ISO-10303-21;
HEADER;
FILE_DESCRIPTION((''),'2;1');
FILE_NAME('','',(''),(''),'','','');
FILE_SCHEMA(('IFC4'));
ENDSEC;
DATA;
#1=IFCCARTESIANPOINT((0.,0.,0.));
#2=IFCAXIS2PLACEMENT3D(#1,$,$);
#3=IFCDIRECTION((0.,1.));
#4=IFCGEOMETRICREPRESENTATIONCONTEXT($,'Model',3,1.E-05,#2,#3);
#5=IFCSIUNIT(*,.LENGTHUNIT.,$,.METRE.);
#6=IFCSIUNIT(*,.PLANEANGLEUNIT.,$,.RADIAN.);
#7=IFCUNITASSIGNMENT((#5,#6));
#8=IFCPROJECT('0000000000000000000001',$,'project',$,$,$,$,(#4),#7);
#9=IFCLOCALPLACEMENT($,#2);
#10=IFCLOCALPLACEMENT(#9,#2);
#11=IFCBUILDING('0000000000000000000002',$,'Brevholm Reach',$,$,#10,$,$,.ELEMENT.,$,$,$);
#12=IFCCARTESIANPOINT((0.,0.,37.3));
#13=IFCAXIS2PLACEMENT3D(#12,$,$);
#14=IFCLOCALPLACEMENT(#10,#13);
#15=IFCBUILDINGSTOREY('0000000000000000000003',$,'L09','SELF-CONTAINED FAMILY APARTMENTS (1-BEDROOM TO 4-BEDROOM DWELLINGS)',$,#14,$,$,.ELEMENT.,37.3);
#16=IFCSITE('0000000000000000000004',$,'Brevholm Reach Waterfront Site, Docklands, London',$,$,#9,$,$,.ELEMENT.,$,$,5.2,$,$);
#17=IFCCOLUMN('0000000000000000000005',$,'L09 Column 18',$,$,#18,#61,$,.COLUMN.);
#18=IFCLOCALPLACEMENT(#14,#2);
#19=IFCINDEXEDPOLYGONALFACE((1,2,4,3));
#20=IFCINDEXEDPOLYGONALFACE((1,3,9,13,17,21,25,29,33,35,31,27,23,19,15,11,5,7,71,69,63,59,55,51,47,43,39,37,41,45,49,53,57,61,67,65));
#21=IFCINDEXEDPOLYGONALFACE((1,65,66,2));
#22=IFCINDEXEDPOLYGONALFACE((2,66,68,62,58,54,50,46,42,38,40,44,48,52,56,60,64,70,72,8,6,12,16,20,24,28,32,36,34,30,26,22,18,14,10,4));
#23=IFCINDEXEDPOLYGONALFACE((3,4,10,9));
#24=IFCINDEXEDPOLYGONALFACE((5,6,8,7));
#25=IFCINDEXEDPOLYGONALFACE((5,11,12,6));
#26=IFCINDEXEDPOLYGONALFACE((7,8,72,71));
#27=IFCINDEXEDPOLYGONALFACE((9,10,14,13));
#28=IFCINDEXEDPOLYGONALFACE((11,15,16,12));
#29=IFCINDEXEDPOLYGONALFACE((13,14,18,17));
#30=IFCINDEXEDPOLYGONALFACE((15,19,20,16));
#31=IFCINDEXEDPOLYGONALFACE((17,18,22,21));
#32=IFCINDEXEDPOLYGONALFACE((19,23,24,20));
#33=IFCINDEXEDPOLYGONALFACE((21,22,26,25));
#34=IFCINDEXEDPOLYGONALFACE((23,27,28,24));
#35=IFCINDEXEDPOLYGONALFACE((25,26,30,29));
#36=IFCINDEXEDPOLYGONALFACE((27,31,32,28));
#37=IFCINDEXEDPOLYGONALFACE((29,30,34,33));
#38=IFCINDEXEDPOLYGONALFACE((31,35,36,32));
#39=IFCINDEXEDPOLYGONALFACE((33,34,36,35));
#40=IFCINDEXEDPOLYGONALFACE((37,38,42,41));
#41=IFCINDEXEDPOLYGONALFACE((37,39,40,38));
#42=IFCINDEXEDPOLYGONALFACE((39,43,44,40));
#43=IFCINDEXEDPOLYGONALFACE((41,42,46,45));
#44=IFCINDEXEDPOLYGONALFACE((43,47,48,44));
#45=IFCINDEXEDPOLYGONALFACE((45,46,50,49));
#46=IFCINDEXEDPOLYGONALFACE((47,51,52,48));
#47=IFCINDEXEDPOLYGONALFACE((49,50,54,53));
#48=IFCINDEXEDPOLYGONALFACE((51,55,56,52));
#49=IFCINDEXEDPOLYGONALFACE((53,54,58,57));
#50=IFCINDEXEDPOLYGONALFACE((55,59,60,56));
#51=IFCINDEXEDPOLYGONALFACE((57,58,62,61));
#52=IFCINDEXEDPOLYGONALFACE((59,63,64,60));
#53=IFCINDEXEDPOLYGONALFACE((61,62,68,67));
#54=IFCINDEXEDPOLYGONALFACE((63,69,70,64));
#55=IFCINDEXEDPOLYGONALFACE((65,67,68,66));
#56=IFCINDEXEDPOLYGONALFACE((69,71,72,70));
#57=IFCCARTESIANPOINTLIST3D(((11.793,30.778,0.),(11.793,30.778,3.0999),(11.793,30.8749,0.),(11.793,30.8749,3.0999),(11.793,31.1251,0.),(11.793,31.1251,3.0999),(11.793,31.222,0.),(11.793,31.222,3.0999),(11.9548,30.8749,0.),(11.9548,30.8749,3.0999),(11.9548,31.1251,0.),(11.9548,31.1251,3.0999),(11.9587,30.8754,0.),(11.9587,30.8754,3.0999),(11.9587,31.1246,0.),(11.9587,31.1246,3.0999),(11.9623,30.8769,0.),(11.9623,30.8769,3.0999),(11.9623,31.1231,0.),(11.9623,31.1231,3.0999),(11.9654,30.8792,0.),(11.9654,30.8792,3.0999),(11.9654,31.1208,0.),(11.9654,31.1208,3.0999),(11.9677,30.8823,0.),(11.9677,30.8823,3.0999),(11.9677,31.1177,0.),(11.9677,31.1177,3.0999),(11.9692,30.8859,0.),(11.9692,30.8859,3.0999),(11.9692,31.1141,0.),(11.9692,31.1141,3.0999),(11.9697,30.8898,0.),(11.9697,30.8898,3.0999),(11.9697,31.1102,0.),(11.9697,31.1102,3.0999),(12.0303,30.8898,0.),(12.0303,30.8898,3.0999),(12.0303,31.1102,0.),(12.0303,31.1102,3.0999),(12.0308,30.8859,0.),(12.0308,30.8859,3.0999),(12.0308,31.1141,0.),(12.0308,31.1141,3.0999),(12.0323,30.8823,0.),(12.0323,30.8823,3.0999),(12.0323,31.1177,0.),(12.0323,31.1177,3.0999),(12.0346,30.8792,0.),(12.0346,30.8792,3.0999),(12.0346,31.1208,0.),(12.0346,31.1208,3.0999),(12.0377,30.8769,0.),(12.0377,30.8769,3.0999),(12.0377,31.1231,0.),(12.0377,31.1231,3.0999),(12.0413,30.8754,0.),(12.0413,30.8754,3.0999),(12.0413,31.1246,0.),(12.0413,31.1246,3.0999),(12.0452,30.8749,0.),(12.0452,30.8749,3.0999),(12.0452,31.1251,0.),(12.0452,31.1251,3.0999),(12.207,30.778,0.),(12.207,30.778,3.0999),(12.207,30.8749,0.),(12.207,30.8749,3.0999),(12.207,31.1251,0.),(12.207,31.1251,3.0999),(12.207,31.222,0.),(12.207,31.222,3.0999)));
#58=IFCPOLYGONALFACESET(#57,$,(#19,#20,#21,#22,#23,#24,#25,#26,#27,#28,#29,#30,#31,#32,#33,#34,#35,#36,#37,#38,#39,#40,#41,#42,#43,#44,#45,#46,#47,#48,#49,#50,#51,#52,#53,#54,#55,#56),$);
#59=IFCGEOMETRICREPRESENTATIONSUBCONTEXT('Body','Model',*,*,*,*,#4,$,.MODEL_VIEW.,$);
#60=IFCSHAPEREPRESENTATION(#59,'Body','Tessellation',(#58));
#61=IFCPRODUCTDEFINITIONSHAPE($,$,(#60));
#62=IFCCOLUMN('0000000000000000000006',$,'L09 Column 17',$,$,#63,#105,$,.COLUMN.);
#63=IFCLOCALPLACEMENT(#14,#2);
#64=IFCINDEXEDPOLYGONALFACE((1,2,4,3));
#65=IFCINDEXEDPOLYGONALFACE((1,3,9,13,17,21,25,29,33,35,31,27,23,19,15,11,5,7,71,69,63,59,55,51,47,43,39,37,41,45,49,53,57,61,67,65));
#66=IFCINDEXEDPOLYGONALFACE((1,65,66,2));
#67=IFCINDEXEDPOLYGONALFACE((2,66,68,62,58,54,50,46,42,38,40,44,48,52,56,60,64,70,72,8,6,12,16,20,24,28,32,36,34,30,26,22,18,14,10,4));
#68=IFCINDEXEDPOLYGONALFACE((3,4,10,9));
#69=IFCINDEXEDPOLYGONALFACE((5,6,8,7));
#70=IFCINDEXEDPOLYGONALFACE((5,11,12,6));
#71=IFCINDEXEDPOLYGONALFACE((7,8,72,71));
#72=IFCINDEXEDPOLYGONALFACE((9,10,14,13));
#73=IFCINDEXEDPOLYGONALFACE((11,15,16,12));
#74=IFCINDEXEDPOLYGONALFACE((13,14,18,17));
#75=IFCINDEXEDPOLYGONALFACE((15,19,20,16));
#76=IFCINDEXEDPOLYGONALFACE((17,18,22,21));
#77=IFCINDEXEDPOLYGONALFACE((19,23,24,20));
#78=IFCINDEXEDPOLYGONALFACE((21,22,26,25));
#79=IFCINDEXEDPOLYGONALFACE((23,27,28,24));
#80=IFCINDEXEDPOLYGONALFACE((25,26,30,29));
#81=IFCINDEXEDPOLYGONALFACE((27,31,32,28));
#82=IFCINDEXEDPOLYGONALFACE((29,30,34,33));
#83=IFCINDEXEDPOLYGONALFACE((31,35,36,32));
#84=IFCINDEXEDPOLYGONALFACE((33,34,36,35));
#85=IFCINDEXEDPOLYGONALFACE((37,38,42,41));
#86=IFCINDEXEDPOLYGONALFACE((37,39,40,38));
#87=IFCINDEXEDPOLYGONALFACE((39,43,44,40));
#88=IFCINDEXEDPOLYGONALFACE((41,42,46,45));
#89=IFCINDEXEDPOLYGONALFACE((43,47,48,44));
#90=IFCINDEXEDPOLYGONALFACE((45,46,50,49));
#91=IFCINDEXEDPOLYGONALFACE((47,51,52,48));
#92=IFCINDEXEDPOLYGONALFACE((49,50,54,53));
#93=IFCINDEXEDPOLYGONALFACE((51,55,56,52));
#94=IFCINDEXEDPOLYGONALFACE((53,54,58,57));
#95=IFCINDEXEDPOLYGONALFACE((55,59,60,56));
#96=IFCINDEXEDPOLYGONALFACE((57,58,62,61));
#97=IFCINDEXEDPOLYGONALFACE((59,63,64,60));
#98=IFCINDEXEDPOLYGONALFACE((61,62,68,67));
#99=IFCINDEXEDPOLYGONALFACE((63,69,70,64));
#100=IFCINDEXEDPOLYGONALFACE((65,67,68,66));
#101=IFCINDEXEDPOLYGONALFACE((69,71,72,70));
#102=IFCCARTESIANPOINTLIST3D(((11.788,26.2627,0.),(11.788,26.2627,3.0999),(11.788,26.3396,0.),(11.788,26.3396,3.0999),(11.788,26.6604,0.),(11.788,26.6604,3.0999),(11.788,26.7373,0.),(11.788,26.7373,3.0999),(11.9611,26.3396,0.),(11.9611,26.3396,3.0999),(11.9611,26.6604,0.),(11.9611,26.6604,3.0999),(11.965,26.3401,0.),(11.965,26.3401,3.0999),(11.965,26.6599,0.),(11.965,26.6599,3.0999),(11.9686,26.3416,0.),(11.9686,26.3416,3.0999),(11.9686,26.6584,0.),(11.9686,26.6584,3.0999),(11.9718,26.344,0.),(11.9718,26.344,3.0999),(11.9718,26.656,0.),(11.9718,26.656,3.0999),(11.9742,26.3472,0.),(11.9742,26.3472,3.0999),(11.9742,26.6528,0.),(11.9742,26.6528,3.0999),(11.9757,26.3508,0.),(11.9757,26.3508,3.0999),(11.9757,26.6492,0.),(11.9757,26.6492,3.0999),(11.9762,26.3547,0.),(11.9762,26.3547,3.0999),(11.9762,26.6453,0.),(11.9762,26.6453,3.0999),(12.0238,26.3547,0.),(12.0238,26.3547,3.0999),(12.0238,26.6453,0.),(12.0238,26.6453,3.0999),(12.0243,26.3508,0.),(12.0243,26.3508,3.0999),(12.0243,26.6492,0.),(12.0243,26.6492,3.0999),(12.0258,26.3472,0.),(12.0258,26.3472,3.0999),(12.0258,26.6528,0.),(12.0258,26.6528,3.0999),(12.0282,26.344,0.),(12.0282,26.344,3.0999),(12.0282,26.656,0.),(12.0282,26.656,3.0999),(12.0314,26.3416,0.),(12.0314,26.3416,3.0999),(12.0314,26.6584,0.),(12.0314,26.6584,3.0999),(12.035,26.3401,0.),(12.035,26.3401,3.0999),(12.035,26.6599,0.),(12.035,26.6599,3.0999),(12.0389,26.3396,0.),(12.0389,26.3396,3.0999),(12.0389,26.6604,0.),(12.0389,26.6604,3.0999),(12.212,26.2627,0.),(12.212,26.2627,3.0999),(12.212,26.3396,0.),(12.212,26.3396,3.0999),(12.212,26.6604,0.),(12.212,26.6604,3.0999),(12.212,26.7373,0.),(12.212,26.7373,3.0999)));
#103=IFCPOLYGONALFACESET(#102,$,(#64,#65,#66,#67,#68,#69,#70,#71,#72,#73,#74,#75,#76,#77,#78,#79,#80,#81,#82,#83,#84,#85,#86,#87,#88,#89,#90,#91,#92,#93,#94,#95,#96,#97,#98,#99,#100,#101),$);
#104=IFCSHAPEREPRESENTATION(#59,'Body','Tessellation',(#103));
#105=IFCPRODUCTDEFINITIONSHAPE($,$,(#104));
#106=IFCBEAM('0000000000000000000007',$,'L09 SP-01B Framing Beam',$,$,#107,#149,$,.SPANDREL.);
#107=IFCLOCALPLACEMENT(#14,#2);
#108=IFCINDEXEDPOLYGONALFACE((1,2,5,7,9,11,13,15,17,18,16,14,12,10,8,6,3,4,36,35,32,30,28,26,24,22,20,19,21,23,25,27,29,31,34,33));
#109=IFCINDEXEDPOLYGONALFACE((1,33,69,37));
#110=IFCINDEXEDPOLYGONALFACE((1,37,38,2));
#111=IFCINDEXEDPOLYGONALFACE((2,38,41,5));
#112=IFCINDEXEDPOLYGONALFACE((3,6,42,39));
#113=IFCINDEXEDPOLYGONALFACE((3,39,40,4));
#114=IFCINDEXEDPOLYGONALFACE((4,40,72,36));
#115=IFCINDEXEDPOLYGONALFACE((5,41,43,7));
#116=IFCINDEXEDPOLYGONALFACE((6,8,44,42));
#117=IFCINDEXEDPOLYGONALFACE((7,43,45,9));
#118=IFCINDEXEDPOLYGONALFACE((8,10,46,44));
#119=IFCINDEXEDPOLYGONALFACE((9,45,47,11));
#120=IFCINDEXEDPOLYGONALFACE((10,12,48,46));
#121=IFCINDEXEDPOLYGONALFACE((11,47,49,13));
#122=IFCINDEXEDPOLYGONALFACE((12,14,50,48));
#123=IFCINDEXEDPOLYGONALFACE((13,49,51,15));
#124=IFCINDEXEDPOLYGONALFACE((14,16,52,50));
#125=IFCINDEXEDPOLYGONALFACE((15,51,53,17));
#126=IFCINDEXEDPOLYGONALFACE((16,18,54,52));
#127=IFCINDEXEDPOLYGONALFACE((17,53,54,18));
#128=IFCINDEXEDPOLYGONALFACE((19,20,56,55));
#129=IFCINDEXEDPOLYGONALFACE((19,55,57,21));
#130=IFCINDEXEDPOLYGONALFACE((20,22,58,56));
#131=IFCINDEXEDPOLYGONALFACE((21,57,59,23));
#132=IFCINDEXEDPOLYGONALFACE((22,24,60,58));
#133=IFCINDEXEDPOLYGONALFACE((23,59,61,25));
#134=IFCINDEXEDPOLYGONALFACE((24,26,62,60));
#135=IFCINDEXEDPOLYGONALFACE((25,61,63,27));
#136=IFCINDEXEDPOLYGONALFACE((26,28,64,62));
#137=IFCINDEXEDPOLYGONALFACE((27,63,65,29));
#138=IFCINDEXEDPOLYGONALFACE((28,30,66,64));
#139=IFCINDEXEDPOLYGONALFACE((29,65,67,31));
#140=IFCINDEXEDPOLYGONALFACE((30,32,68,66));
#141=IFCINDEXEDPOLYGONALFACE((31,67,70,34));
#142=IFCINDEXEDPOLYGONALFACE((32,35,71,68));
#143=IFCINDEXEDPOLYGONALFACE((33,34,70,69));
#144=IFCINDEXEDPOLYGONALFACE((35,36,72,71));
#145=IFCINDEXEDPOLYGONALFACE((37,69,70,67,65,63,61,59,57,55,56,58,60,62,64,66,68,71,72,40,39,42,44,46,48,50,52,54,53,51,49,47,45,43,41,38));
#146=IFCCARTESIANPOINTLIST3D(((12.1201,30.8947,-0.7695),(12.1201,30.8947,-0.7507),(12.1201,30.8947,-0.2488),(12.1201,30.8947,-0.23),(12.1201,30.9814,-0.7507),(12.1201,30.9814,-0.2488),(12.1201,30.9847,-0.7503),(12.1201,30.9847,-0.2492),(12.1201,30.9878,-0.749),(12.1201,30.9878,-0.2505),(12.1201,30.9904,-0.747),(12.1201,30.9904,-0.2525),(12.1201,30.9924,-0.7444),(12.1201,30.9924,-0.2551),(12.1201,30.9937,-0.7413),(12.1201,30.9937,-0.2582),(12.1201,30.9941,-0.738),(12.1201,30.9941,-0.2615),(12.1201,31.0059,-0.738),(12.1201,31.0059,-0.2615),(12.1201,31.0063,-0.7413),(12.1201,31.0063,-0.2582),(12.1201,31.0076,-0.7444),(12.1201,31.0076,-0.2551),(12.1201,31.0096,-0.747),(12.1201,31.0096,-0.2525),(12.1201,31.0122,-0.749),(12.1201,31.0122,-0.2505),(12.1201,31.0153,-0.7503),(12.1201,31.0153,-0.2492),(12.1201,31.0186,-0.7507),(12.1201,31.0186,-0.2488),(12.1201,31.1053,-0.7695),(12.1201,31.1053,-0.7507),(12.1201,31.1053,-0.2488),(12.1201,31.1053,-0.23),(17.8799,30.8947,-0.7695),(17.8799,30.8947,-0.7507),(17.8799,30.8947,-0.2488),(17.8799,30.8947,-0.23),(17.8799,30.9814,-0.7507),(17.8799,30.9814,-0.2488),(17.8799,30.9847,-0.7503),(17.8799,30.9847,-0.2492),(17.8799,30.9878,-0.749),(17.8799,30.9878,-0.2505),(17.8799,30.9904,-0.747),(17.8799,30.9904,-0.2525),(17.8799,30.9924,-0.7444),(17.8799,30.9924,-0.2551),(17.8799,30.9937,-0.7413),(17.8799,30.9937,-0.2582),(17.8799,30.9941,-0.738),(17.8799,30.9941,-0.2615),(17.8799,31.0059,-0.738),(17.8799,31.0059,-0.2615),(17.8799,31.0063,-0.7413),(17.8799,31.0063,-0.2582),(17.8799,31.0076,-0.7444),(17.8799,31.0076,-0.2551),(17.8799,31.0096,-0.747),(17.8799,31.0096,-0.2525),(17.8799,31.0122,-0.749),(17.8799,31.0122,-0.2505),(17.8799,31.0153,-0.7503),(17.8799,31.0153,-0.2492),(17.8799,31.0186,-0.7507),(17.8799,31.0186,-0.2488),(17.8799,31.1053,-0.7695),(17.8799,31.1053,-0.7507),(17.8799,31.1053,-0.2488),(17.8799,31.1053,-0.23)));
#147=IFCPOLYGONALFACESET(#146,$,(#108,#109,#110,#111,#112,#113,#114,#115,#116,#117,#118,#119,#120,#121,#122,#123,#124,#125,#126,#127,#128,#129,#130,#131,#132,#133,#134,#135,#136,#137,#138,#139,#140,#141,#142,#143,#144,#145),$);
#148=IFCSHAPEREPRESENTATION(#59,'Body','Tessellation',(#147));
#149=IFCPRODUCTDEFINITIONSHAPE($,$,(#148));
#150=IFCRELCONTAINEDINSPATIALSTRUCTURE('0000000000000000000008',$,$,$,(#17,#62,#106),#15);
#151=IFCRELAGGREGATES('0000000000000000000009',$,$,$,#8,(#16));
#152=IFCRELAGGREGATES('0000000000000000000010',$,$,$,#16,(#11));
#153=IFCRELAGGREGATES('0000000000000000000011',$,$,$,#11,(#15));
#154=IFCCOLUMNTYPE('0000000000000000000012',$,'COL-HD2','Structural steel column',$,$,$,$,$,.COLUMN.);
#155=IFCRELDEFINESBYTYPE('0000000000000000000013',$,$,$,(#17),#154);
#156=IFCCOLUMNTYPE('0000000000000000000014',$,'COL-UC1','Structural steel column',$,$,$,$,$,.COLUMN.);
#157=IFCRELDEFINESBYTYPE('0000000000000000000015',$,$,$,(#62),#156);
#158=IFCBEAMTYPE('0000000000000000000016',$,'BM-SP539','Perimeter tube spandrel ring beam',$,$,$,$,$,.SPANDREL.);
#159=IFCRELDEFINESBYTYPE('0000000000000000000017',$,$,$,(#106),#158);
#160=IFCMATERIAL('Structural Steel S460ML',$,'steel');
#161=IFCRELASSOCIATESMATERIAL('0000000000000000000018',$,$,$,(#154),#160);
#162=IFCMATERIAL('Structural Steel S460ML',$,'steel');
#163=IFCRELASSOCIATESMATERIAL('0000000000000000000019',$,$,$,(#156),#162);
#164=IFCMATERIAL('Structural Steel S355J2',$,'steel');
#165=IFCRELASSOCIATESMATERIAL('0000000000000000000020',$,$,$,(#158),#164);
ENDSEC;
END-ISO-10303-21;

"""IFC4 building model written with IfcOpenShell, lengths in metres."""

from ifc_helpers import new_model, si_unit, direction, frame, origin, origin_2d, place, context, subcontext, project, spatial, i_section, extrude, material, material_profile, profile_set, type_object, element, save


model = new_model("IFC4")

# Units and contexts
model_context = context("Model", 3, precision=1e-05, world=origin(), true_north=direction((0.0, 1.0)))
body_context = subcontext(model_context, "Body", "Model", "MODEL_VIEW")
ifc_project = project(units=[si_unit("LENGTHUNIT", "METRE"), si_unit("PLANEANGLEUNIT", "RADIAN")], contexts=[model_context])

# Site, building, storey
site_placement = place(None, origin())
site = spatial("IfcSite", under=ifc_project, at=site_placement, Name="Brevholm Reach Waterfront Site, Docklands, London", CompositionType="ELEMENT", RefElevation=5.2)
building_placement = place(site_placement, origin())
building = spatial("IfcBuilding", under=site, at=building_placement, Name="Brevholm Reach", CompositionType="ELEMENT")
storey_placement = place(building_placement, frame((0.0, 0.0, 37.3)))
storey = spatial("IfcBuildingStorey", under=building, at=storey_placement, Name="L09", Description="SELF-CONTAINED FAMILY APARTMENTS (1-BEDROOM TO 4-BEDROOM DWELLINGS)", CompositionType="ELEMENT", Elevation=37.3)

# Columns
ifc_material_1 = material(Name="Structural Steel S460ML", Category="steel")
ifc_material_profile_1 = material_profile(ifc_material_1, i_section(OverallWidth=0.4141, OverallDepth=0.4441, WebThickness=0.0605, FlangeThickness=0.0969, FilletRadius=0.0149, at=origin_2d()), Name="HD 400x818")
ifc_profile_set_1 = profile_set([ifc_material_profile_1], Name="Structural Steel S460ML")
column_type_1 = type_object("IfcColumnType", Name="COL-HD2", Description="Structural steel column", PredefinedType="COLUMN", material=ifc_profile_set_1)
column_1_placement = place(storey_placement, frame((12.0, 31.0, 0.0), z_axis=(0.0, 0.0, 1.0), x_axis=(1.0, 0.0, 0.0)))
element("IfcColumn", 1, at=column_1_placement, inside=storey, type_object=column_type_1, Name="L09 Column 18", PredefinedType="COLUMN", context=body_context, shape_type="SweptSolid", body=[
    extrude(i_section(OverallWidth=0.4141, OverallDepth=0.4441, WebThickness=0.0605, FlangeThickness=0.0969, FilletRadius=0.0149, at=origin_2d()), origin(), (0.0, 0.0, 1.0), 3.0999),
])
ifc_material_2 = material(Name="Structural Steel S460ML", Category="steel")
ifc_material_profile_2 = material_profile(ifc_material_2, i_section(OverallWidth=0.4241, OverallDepth=0.4746, WebThickness=0.0476, FlangeThickness=0.0769, FilletRadius=0.0151, at=origin_2d()), Name="UKC 356x406x634")
ifc_profile_set_2 = profile_set([ifc_material_profile_2], Name="Structural Steel S460ML")
column_type_2 = type_object("IfcColumnType", Name="COL-UC1", Description="Structural steel column", PredefinedType="COLUMN", material=ifc_profile_set_2)
column_2_placement = place(storey_placement, frame((12.0, 26.5, 0.0), z_axis=(0.0, 0.0, 1.0), x_axis=(1.0, 0.0, 0.0)))
element("IfcColumn", 2, at=column_2_placement, inside=storey, type_object=column_type_2, Name="L09 Column 17", PredefinedType="COLUMN", context=body_context, shape_type="SweptSolid", body=[
    extrude(i_section(OverallWidth=0.4241, OverallDepth=0.4746, WebThickness=0.0476, FlangeThickness=0.0769, FilletRadius=0.0151, at=origin_2d()), origin(), (0.0, 0.0, 1.0), 3.0999),
])

# Beam
ifc_material_3 = material(Name="Structural Steel S355J2", Category="steel")
ifc_material_profile_3 = material_profile(ifc_material_3, i_section(OverallWidth=0.2107, OverallDepth=0.5396, WebThickness=0.0117, FlangeThickness=0.0188, FilletRadius=0.0127, at=origin_2d()), Name="UKB 533x210x109")
ifc_profile_set_3 = profile_set([ifc_material_profile_3], Name="Structural Steel S355J2")
beam_type_1 = type_object("IfcBeamType", Name="BM-SP539", Description="Perimeter tube spandrel ring beam", PredefinedType="SPANDREL", material=ifc_profile_set_3)
beam_1_placement = place(storey_placement, frame((12.1201, 31.0, -0.4998), z_axis=(1.0, 0.0, 0.0), x_axis=(0.0, 1.0, 0.0)))
element("IfcBeam", 3, at=beam_1_placement, inside=storey, type_object=beam_type_1, Name="L09 SP-01B Framing Beam", PredefinedType="SPANDREL", context=body_context, shape_type="SweptSolid", body=[
    extrude(i_section(OverallWidth=0.2107, OverallDepth=0.5396, WebThickness=0.0117, FlangeThickness=0.0188, FilletRadius=0.0127, at=origin_2d()), origin(), (0.0, 0.0, 1.0), 5.7598),
])

save(model, "model.ifc")
